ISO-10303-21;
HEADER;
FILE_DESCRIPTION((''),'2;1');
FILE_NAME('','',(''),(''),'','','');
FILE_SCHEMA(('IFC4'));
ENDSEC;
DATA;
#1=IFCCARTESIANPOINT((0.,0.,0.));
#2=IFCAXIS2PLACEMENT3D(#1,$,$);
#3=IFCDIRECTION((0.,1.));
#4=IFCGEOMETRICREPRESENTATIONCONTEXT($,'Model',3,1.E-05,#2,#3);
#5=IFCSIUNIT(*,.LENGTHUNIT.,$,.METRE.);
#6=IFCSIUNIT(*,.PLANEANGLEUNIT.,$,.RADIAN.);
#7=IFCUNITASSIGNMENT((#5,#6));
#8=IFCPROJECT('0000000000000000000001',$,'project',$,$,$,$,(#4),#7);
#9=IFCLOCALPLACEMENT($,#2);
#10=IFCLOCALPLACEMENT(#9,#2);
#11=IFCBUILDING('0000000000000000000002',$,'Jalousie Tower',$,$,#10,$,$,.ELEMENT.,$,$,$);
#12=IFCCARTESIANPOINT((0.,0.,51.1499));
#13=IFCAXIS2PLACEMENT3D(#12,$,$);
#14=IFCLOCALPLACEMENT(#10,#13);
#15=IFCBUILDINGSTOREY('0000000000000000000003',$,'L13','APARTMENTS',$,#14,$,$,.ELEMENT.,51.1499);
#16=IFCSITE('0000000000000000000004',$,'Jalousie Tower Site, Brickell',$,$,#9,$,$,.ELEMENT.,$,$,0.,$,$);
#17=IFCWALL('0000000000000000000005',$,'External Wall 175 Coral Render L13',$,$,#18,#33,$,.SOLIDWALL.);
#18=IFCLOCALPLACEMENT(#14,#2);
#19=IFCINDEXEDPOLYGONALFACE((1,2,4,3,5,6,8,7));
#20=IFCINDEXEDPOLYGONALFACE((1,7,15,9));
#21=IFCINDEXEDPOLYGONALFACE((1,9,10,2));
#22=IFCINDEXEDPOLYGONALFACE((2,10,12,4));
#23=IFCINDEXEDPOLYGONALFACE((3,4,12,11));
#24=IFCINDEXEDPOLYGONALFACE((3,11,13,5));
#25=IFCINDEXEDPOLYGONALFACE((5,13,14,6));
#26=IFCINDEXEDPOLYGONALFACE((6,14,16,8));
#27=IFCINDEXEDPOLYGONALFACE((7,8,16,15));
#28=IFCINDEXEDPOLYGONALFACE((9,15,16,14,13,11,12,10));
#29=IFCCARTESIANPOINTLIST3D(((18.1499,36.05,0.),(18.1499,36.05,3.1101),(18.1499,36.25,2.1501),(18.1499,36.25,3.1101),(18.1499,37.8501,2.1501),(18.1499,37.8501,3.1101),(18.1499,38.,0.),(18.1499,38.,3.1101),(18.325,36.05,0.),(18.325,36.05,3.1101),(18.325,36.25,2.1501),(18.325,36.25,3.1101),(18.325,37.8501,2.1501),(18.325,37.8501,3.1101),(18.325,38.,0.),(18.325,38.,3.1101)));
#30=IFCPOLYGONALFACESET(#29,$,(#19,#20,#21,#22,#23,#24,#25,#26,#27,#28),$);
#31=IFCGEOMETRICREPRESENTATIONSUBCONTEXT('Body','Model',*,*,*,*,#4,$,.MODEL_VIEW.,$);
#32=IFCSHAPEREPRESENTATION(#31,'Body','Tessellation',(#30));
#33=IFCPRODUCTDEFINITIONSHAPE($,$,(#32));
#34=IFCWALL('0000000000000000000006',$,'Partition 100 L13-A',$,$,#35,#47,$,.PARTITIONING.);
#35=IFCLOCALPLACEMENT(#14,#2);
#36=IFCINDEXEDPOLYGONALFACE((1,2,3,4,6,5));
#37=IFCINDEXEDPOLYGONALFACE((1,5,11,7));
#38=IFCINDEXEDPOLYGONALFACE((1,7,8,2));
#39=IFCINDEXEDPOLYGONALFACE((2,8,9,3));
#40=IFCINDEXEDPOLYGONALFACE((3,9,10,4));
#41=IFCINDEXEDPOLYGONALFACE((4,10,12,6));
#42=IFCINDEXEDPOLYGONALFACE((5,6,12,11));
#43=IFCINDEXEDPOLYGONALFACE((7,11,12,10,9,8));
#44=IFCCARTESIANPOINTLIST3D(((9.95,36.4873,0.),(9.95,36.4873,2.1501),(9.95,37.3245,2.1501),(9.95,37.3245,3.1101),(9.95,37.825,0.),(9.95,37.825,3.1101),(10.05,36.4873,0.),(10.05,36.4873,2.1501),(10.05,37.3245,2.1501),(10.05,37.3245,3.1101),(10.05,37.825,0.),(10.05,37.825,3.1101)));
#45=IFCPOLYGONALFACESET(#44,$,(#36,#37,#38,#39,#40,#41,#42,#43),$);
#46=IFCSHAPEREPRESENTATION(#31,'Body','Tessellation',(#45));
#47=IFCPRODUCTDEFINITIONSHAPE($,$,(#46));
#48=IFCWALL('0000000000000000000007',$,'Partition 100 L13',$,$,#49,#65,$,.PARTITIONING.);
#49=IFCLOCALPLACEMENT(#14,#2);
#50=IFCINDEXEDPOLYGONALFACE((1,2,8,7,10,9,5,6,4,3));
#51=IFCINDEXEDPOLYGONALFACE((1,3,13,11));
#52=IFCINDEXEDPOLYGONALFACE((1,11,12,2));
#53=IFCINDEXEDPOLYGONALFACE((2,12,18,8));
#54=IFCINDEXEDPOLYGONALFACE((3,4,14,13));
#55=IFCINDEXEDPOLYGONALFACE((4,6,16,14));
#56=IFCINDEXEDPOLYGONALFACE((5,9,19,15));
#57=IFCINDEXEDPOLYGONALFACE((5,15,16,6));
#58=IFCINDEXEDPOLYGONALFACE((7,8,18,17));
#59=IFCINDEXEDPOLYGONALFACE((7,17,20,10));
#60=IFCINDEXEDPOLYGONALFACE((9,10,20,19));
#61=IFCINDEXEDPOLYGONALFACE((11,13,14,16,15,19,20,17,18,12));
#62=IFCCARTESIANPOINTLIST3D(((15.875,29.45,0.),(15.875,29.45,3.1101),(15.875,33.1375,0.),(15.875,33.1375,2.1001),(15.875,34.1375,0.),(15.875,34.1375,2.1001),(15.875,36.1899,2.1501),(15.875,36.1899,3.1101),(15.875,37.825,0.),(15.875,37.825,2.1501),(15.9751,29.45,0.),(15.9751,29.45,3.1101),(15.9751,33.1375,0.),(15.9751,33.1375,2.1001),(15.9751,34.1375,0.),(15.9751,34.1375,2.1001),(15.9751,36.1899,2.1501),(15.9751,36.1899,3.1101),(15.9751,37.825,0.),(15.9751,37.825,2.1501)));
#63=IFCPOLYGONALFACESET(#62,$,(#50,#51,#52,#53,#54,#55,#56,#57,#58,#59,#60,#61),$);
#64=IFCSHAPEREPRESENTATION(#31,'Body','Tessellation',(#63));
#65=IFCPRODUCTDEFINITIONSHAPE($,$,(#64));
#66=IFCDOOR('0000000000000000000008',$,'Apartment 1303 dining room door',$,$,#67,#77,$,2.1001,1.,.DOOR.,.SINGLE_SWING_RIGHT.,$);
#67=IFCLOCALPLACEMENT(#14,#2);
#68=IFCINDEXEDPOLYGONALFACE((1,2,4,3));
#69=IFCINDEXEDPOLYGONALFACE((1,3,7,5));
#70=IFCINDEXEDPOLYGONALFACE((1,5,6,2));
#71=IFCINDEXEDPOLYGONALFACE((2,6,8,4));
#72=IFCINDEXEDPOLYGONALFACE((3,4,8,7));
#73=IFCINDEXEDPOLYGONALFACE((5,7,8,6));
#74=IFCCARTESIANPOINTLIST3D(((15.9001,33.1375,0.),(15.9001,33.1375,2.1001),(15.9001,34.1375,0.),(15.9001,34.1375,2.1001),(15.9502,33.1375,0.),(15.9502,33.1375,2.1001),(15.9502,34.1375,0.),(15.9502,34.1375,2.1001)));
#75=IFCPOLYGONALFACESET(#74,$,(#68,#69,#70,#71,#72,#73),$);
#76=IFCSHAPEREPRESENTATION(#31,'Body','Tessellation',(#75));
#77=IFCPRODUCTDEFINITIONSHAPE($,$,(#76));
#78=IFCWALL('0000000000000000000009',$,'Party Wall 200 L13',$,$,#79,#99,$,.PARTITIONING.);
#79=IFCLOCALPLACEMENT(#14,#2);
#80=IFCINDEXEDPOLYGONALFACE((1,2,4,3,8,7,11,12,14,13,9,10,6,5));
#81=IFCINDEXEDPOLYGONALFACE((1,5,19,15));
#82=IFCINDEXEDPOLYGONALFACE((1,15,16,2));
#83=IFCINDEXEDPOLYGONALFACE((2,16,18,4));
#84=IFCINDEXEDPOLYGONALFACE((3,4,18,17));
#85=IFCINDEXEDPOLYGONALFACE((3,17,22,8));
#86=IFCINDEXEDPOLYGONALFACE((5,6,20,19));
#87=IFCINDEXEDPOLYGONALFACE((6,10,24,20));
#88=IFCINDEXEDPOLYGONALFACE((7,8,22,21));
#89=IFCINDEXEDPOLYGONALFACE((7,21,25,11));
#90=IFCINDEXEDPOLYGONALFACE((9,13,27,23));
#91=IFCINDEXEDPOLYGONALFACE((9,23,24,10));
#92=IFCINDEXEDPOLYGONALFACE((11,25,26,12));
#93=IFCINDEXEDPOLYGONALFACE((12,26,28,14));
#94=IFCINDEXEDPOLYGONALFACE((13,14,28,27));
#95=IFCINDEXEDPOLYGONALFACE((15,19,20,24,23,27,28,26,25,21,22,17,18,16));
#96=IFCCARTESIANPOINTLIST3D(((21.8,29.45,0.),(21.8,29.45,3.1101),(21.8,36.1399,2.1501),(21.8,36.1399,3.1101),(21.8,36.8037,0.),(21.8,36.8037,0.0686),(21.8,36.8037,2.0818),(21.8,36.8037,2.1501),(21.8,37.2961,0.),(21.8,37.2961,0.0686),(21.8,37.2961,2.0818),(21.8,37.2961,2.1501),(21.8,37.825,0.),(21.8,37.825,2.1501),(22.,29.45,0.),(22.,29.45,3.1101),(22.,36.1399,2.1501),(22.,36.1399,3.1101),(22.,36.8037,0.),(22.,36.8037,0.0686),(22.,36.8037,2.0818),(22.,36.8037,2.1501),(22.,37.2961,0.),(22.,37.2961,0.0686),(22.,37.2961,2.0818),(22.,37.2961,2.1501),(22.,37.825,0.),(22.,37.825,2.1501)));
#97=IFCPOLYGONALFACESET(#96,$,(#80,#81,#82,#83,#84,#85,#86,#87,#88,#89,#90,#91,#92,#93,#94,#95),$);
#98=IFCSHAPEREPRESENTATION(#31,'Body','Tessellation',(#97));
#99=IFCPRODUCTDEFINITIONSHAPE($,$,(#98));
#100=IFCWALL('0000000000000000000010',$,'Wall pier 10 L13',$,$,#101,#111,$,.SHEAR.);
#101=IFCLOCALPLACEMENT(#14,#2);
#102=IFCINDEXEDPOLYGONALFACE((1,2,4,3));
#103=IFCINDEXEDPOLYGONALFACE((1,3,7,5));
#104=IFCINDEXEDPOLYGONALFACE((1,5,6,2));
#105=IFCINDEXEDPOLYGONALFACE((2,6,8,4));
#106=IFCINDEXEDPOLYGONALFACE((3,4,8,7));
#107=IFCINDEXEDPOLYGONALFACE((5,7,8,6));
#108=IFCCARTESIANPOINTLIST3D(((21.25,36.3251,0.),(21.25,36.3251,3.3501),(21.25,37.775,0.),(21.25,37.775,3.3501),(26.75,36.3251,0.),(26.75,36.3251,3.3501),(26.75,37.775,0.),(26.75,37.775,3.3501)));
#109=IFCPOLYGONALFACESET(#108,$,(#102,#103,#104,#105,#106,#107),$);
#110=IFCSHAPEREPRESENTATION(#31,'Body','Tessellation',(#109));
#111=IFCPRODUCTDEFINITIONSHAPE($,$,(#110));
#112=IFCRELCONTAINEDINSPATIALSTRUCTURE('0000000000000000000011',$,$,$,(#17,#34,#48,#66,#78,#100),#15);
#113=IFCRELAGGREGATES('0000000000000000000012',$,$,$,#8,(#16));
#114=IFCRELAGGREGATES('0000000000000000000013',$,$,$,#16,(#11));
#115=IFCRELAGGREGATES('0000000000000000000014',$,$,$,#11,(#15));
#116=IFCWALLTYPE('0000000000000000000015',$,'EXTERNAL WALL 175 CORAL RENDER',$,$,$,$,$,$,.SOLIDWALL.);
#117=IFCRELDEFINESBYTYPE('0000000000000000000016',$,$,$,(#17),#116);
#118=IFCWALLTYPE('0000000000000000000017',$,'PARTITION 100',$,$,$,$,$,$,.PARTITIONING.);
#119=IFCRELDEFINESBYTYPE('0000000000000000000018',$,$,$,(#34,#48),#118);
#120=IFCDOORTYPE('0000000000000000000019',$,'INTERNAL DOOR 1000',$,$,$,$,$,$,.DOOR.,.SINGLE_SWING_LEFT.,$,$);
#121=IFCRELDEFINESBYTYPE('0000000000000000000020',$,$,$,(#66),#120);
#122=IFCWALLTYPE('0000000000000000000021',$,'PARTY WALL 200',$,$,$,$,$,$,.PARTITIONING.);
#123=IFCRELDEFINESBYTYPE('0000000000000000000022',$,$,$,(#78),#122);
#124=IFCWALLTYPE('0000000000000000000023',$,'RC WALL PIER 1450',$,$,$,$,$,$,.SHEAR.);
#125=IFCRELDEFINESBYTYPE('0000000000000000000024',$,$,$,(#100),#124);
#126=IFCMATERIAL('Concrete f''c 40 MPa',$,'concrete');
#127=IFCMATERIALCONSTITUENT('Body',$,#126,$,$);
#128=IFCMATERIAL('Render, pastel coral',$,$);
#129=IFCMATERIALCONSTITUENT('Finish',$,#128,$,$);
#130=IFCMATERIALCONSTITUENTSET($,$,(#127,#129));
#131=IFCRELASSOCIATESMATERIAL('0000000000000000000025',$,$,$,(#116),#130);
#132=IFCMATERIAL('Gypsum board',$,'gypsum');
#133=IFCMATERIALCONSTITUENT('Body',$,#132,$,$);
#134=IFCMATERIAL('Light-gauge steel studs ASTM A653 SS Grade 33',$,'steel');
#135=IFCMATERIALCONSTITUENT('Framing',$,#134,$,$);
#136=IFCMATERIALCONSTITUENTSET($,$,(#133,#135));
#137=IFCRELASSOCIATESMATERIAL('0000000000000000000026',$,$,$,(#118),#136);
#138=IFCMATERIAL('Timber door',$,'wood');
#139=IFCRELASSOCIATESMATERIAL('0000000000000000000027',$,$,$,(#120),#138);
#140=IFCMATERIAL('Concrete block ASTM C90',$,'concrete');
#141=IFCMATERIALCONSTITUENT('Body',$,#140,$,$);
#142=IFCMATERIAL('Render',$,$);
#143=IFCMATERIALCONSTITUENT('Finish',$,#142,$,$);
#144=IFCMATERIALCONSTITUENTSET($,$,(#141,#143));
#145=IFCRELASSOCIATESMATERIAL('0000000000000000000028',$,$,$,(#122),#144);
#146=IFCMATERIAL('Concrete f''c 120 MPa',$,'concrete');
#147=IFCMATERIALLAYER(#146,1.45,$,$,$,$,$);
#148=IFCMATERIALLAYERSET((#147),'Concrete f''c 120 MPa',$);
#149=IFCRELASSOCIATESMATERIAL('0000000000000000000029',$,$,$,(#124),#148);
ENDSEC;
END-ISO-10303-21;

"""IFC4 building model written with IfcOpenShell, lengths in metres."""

from ifc_helpers import new_model, si_unit, direction, frame, frame_2d, origin, place, context, subcontext, project, spatial, polyline, rectangle, outline, extrude, material, layer, layer_set, constituent, constituent_set, type_object, element, fill, save


model = new_model("IFC4")

# Units and contexts
model_context = context("Model", 3, precision=1e-05, world=origin(), true_north=direction((0.0, 1.0)))
body_context = subcontext(model_context, "Body", "Model", "MODEL_VIEW")
ifc_project = project(units=[si_unit("LENGTHUNIT", "METRE"), si_unit("PLANEANGLEUNIT", "RADIAN")], contexts=[model_context])

# Site, building, storey
site_placement = place(None, origin())
site = spatial("IfcSite", under=ifc_project, at=site_placement, Name="Jalousie Tower Site, Brickell", CompositionType="ELEMENT", RefElevation=0.0)
building_placement = place(site_placement, origin())
building = spatial("IfcBuilding", under=site, at=building_placement, Name="Jalousie Tower", CompositionType="ELEMENT")
storey_placement = place(building_placement, frame((0.0, 0.0, 51.1499)))
storey = spatial("IfcBuildingStorey", under=building, at=storey_placement, Name="L13", Description="APARTMENTS", CompositionType="ELEMENT", Elevation=51.1499)

# Shared definitions
ifc_material_1 = material(Name="Concrete f'c 40 MPa", Category="concrete")
ifc_constituent_1 = constituent(ifc_material_1, Name="Body")
ifc_material_2 = material(Name="Render, pastel coral")
ifc_constituent_2 = constituent(ifc_material_2, Name="Finish")
ifc_constituent_set_1 = constituent_set(constituents=[ifc_constituent_1, ifc_constituent_2])
wall_type_1 = type_object("IfcWallType", Name="EXTERNAL WALL 175 CORAL RENDER", PredefinedType="SOLIDWALL", material=ifc_constituent_set_1)

# Walls
for number, where, z_axis, x_axis, name in (
    (1, (18.2375, 38.0, 0.0), (0.0, 0.0, 1.0), (0.0, -1.0, 0.0), "External Wall 175 Coral Render L13"),
):
    element("IfcWall", number, at=place(storey_placement, frame(where, z_axis=z_axis, x_axis=x_axis)), inside=storey, type_object=wall_type_1, Name=name, PredefinedType="SOLIDWALL", context=body_context, shape_type="SweptSolid", body=[
        extrude(outline(polyline([(0.0, 0.0), (1.95, 0.0), (1.95, 3.1101), (1.75, 3.1101), (1.75, 2.1501), (0.1499, 2.1501), (0.1499, 3.1101), (0.0, 3.1101), (0.0, 0.0)])), frame((0.0, 0.0874, 0.0), z_axis=(0.0, -1.0, 0.0), x_axis=(1.0, 0.0, 0.0)), (0.0, 0.0, 1.0), 0.175),
    ])
ifc_material_3 = material(Name="Gypsum board", Category="gypsum")
ifc_constituent_3 = constituent(ifc_material_3, Name="Body")
ifc_material_4 = material(Name="Light-gauge steel studs ASTM A653 SS Grade 33", Category="steel")
ifc_constituent_4 = constituent(ifc_material_4, Name="Framing")
ifc_constituent_set_2 = constituent_set(constituents=[ifc_constituent_3, ifc_constituent_4])
wall_type_2 = type_object("IfcWallType", Name="PARTITION 100", PredefinedType="PARTITIONING", material=ifc_constituent_set_2)
wall_1_placement = place(storey_placement, frame((10.0, 37.825, 0.0), z_axis=(0.0, 0.0, 1.0), x_axis=(0.0, -1.0, 0.0)))
element("IfcWall", 2, at=wall_1_placement, inside=storey, type_object=wall_type_2, Name="Partition 100 L13-A", PredefinedType="PARTITIONING", context=body_context, shape_type="SweptSolid", body=[
    extrude(outline(polyline([(0.0, 0.0), (1.3376, 0.0), (1.3376, 2.1501), (0.5005, 2.1501), (0.5005, 3.1101), (0.0, 3.1101), (0.0, 0.0)])), frame((0.0, 0.05, 0.0), z_axis=(0.0, -1.0, 0.0), x_axis=(1.0, 0.0, 0.0)), (0.0, 0.0, 1.0), 0.1001),
])

# Wall, opening, door
wall_2_placement = place(storey_placement, frame((15.925, 37.825, 0.0), z_axis=(0.0, 0.0, 1.0), x_axis=(0.0, -1.0, 0.0)))
wall_2 = element("IfcWall", 3, at=wall_2_placement, inside=storey, type_object=wall_type_2, Name="Partition 100 L13", PredefinedType="PARTITIONING", context=body_context, shape_type="SweptSolid", body=[
    extrude(outline(polyline([(0.0, 0.0), (8.375, 0.0), (8.375, 3.1101), (1.635, 3.1101), (1.635, 2.1501), (0.0, 2.1501), (0.0, 3.1101), (0.0, 0.0)])), frame((0.0, 0.05, 0.0), z_axis=(0.0, -1.0, 0.0), x_axis=(1.0, 0.0, 0.0)), (0.0, 0.0, 1.0), 0.1001),
])
opening_1_placement = place(wall_2_placement, frame((3.6875, 0.0, 0.0)))
opening_1 = element("IfcOpeningElement", 4, at=opening_1_placement, cuts=wall_2, PredefinedType="OPENING", context=body_context, shape_type="SweptSolid", body=[
    extrude(rectangle(XDim=1.0, YDim=2.1001, at=frame_2d((0.5, 1.05))), frame((0.0, 0.0601, 0.0), z_axis=(0.0, -1.0, 0.0), x_axis=(1.0, 0.0, 0.0)), (0.0, 0.0, 1.0), 0.1201),
])
ifc_material_5 = material(Name="Timber door", Category="wood")
door_type = type_object("IfcDoorType", Name="INTERNAL DOOR 1000", OperationType="SINGLE_SWING_LEFT", PredefinedType="DOOR", material=ifc_material_5)
door_placement = place(opening_1_placement, frame((1.0, 0.0, 0.0), z_axis=(0.0, 0.0, 1.0), x_axis=(-1.0, 0.0, 0.0)))
door = element("IfcDoor", 5, at=door_placement, inside=storey, type_object=door_type, Name="Apartment 1303 dining room door", OperationType="SINGLE_SWING_RIGHT", OverallHeight=2.1001, OverallWidth=1.0, PredefinedType="DOOR", context=body_context, shape_type="SweptSolid", body=[
    extrude(rectangle(XDim=1.0, YDim=2.1001, at=frame_2d((0.5, 1.05))), frame((0.0, 0.0249, 0.0), z_axis=(0.0, -1.0, 0.0), x_axis=(1.0, 0.0, 0.0)), (0.0, 0.0, 1.0), 0.05),
])
fill(opening_1, door)

# Walls
ifc_material_6 = material(Name="Concrete block ASTM C90", Category="concrete")
ifc_constituent_5 = constituent(ifc_material_6, Name="Body")
ifc_material_7 = material(Name="Render")
ifc_constituent_6 = constituent(ifc_material_7, Name="Finish")
ifc_constituent_set_3 = constituent_set(constituents=[ifc_constituent_5, ifc_constituent_6])
wall_type_3 = type_object("IfcWallType", Name="PARTY WALL 200", PredefinedType="PARTITIONING", material=ifc_constituent_set_3)
wall_3_placement = place(storey_placement, frame((21.8999, 37.825, 0.0), z_axis=(0.0, 0.0, 1.0), x_axis=(0.0, -1.0, 0.0)))
element("IfcWall", 6, at=wall_3_placement, inside=storey, type_object=wall_type_3, Name="Party Wall 200 L13", PredefinedType="PARTITIONING", context=body_context, shape_type="SweptSolid", body=[
    extrude(outline(polyline([(0.5288, 2.1501), (0.0, 2.1501), (0.0, 0.0), (0.5288, 0.0), (0.5288, 0.0686), (1.0212, 0.0686), (1.0212, 0.0), (8.375, 0.0), (8.375, 3.1101), (1.6851, 3.1101), (1.6851, 2.1501), (1.0212, 2.1501), (1.0212, 2.0818), (0.5288, 2.0818), (0.5288, 2.1501)])), frame((0.0, 0.1001, 0.0), z_axis=(0.0, -1.0, 0.0), x_axis=(1.0, 0.0, 0.0)), (0.0, 0.0, 1.0), 0.2),
])
ifc_material_8 = material(Name="Concrete f'c 120 MPa", Category="concrete")
ifc_layer_1 = layer(ifc_material_8, 1.45)
ifc_layer_set_1 = layer_set([ifc_layer_1], Name="Concrete f'c 120 MPa")
wall_type_4 = type_object("IfcWallType", Name="RC WALL PIER 1450", PredefinedType="SHEAR", material=ifc_layer_set_1)
wall_4_placement = place(storey_placement, frame((21.25, 37.05, 0.0), z_axis=(0.0, 0.0, 1.0), x_axis=(1.0, 0.0, 0.0)))
element("IfcWall", 7, at=wall_4_placement, inside=storey, type_object=wall_type_4, Name="Wall pier 10 L13", PredefinedType="SHEAR", context=body_context, shape_type="SweptSolid", body=[
    extrude(rectangle(XDim=5.5, YDim=1.45, at=frame_2d((2.75, 0.0))), origin(), (0.0, 0.0, 1.0), 3.3501),
])

save(model, "model.ifc")
